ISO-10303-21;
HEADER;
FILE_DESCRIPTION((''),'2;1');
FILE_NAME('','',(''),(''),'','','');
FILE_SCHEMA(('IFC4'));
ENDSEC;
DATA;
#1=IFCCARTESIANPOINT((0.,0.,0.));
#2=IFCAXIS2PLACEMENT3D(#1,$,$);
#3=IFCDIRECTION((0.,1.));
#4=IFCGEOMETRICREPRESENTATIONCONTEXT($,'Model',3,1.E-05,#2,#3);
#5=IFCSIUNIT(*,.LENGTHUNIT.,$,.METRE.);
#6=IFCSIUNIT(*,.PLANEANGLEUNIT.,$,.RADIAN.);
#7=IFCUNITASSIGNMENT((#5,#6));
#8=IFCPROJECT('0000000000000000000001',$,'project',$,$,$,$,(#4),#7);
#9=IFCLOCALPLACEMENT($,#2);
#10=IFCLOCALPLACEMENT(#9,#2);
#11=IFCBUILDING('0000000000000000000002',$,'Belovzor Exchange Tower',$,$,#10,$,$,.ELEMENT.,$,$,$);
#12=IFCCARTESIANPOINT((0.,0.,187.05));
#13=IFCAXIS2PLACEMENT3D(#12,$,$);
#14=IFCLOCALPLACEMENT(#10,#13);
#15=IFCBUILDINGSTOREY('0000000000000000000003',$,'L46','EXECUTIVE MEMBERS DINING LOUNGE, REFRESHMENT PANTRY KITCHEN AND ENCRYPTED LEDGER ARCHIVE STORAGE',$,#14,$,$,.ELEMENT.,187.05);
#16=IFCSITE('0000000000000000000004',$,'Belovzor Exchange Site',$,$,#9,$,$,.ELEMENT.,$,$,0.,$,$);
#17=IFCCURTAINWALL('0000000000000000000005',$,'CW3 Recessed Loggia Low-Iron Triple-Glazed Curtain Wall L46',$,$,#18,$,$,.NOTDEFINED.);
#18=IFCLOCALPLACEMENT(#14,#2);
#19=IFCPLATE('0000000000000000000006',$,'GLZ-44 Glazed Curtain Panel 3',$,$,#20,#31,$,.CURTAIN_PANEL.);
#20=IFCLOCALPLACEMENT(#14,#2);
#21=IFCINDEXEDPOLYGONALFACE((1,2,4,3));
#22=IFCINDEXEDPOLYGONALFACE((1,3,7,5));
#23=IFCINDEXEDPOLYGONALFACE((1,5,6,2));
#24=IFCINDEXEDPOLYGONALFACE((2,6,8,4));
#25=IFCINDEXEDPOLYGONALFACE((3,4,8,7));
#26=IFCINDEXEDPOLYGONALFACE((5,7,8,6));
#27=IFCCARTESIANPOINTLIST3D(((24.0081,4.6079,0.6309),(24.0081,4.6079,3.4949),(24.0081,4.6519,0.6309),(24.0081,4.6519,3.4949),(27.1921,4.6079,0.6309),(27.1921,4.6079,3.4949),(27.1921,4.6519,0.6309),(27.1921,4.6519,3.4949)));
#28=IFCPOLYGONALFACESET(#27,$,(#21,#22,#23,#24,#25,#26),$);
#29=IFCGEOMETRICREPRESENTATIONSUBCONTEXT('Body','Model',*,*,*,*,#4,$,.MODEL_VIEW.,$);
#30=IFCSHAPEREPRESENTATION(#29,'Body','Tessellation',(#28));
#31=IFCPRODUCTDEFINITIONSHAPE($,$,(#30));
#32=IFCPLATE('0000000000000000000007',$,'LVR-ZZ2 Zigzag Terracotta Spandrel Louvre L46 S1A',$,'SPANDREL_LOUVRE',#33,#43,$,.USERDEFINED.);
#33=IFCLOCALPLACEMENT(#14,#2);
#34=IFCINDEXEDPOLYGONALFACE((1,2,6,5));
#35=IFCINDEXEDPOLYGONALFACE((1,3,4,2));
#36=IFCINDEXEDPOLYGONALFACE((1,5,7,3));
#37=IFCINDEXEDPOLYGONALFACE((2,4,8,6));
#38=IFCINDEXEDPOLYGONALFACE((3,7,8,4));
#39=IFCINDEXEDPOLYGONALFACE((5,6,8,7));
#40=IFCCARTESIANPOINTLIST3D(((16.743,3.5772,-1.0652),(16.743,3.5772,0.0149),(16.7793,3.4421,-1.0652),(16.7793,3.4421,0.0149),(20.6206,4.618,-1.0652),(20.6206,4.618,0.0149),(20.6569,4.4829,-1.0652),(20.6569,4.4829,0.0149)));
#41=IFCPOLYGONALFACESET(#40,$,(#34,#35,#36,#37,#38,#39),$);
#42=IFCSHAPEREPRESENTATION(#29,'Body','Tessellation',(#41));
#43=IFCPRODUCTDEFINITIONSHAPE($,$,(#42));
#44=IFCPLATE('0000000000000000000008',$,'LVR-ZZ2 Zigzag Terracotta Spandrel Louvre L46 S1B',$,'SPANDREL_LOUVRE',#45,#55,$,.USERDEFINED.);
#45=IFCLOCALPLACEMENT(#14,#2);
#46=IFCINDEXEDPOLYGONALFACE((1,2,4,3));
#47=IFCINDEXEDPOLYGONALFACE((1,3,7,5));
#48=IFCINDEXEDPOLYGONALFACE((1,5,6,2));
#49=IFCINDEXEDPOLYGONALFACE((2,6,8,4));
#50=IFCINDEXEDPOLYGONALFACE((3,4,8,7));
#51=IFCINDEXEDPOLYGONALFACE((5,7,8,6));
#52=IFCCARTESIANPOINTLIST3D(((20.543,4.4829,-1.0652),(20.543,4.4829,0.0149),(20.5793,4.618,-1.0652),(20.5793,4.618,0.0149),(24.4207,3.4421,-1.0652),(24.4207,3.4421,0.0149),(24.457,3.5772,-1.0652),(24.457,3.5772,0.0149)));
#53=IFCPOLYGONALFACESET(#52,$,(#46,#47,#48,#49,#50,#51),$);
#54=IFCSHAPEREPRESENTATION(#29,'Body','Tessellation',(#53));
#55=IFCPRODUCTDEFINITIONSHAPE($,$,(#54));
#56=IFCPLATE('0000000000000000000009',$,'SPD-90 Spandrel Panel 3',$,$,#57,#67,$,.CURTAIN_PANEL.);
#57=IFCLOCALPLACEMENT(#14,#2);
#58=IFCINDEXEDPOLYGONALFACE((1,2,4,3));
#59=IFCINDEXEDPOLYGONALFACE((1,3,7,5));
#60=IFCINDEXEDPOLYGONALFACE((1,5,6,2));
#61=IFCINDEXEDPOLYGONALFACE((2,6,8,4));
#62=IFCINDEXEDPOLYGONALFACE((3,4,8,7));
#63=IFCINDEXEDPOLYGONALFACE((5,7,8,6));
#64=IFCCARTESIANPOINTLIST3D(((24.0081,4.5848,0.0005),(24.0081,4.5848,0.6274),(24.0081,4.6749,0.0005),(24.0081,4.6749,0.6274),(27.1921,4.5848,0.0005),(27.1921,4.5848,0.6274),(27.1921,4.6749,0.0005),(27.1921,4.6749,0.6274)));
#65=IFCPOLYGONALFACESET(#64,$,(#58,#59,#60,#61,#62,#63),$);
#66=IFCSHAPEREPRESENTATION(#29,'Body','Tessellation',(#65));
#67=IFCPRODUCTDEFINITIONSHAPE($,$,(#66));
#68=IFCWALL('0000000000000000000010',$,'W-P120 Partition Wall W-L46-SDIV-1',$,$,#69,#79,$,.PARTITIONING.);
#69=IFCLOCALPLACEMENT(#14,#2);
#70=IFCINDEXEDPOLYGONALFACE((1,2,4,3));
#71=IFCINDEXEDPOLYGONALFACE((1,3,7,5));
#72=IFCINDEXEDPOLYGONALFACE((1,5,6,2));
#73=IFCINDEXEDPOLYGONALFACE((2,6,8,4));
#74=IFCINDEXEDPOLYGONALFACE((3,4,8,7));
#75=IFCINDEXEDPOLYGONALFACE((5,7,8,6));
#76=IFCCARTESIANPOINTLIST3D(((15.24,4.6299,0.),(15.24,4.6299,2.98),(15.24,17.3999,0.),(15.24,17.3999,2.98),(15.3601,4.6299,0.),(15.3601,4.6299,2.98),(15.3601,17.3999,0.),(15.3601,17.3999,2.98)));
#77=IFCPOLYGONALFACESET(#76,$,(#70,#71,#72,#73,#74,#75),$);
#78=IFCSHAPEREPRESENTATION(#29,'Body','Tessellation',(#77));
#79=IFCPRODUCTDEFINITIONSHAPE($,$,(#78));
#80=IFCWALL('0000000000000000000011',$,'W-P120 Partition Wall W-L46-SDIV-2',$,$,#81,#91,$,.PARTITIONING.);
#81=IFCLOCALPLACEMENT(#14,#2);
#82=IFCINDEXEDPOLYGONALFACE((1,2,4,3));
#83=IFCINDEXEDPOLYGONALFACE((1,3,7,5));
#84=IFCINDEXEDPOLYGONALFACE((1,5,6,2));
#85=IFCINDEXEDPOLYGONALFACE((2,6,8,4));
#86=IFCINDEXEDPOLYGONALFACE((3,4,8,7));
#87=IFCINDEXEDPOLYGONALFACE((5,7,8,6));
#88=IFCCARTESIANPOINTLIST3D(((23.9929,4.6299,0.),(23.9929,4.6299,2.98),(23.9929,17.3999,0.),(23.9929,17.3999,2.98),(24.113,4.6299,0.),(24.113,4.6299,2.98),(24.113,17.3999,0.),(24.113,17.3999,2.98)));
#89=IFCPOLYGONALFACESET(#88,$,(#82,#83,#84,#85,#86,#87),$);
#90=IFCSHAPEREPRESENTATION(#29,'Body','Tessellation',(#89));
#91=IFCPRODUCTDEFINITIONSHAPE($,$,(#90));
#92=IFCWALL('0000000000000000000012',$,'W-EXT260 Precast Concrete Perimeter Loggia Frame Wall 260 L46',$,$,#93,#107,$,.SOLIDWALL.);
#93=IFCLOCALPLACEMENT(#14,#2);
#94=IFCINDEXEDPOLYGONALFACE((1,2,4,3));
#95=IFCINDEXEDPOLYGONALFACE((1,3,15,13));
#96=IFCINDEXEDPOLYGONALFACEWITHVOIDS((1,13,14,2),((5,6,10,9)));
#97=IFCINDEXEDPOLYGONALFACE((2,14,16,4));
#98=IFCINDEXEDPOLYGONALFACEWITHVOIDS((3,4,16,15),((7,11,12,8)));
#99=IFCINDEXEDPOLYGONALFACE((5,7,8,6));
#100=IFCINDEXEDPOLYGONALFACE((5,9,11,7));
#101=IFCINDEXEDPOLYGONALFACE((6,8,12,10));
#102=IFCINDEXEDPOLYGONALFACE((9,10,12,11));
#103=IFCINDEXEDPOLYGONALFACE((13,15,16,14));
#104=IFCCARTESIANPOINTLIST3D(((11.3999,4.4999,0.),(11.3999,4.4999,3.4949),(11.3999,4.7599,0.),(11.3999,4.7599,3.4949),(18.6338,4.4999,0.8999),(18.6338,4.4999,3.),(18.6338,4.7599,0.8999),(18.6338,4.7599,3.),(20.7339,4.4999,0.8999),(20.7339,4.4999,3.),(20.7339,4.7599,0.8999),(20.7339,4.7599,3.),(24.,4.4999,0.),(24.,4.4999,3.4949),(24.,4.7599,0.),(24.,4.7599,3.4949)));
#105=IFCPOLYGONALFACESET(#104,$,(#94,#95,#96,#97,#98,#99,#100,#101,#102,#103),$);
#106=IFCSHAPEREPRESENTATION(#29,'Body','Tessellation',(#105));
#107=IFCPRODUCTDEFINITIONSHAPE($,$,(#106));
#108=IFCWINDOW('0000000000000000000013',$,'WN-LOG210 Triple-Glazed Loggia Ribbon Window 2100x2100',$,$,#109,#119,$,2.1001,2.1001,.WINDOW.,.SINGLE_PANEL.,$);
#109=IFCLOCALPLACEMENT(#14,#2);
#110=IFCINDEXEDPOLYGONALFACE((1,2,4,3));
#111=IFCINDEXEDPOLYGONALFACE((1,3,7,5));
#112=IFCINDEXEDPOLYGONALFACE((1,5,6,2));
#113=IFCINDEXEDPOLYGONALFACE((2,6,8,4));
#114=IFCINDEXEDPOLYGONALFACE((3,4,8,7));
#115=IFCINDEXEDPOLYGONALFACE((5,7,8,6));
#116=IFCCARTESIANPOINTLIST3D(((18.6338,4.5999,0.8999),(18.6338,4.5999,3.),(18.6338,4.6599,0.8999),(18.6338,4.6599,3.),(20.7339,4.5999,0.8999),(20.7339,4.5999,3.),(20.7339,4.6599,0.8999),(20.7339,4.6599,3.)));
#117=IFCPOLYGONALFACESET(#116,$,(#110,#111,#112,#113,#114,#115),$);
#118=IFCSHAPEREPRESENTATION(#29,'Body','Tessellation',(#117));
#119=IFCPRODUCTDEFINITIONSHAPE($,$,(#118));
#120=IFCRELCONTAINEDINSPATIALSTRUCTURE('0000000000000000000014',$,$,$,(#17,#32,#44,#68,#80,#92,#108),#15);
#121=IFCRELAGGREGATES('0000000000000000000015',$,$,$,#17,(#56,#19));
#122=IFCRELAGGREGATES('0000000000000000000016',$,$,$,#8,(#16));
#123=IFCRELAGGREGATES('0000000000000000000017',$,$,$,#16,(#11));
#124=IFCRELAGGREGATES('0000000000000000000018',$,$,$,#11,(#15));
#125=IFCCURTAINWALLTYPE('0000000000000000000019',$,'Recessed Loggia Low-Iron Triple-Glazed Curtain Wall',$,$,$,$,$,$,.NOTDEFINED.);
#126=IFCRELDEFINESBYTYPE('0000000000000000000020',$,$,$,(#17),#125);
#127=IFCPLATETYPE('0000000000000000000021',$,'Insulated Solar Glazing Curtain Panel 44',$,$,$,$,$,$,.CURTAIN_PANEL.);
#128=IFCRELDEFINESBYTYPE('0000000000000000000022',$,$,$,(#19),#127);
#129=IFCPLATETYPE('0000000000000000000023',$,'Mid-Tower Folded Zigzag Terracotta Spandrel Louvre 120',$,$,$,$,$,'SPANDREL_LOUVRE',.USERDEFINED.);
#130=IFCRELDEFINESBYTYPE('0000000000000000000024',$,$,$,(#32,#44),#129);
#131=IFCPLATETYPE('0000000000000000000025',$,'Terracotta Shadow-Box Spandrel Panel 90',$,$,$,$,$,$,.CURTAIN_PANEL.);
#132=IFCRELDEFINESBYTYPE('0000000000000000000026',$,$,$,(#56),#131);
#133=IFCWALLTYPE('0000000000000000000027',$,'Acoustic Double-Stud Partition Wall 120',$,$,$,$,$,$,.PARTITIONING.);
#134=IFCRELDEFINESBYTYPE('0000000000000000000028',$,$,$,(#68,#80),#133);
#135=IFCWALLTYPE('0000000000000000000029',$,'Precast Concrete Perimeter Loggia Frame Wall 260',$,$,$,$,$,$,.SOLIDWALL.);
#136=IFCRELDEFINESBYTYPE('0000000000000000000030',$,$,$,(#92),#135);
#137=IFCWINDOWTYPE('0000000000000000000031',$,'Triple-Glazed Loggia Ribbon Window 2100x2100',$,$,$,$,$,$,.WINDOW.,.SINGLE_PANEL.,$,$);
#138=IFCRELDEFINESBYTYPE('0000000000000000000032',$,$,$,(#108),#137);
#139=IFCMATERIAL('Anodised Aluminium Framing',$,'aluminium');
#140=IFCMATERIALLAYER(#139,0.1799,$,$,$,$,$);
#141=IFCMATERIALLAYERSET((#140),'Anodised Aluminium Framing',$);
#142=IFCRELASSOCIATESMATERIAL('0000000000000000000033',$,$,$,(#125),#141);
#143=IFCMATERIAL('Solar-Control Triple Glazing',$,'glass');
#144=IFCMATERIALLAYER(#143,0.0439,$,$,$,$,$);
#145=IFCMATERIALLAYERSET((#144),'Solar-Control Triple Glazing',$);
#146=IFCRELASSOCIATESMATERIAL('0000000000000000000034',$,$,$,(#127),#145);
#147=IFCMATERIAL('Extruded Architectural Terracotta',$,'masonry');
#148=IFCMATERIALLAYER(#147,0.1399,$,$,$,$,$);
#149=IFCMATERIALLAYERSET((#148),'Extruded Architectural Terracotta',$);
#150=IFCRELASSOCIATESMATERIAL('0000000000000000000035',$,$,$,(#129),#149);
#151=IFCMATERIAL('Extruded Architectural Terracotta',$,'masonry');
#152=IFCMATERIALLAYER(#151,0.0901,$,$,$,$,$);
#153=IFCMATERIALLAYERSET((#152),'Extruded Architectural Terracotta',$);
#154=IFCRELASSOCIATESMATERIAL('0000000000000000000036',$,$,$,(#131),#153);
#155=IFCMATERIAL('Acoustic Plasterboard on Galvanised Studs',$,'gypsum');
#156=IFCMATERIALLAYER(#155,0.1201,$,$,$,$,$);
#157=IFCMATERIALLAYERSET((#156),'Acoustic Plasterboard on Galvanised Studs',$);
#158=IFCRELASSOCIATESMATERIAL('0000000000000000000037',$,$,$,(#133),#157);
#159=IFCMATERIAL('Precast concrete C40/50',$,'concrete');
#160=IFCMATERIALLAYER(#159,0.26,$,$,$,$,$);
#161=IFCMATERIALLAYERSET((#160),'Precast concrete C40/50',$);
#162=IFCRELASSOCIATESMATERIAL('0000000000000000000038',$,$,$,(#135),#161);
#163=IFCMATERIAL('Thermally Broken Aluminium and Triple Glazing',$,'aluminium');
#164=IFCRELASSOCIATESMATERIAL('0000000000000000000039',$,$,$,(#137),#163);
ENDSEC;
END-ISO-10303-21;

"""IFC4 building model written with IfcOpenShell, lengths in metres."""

from ifc_helpers import new_model, si_unit, direction, frame, frame_2d, origin, origin_2d, place, context, subcontext, project, spatial, rectangle, extrude, material, layer, layer_set, type_object, element, fill, aggregate, save


model = new_model("IFC4")

# Units and contexts
model_context = context("Model", 3, precision=1e-05, world=origin(), true_north=direction((0.0, 1.0)))
body_context = subcontext(model_context, "Body", "Model", "MODEL_VIEW")
ifc_project = project(units=[si_unit("LENGTHUNIT", "METRE"), si_unit("PLANEANGLEUNIT", "RADIAN")], contexts=[model_context])

# Site, building, storey
site_placement = place(None, origin())
site = spatial("IfcSite", under=ifc_project, at=site_placement, Name="Belovzor Exchange Site", CompositionType="ELEMENT", RefElevation=0.0)
building_placement = place(site_placement, origin())
building = spatial("IfcBuilding", under=site, at=building_placement, Name="Belovzor Exchange Tower", CompositionType="ELEMENT")
storey_placement = place(building_placement, frame((0.0, 0.0, 187.05)))
storey = spatial("IfcBuildingStorey", under=building, at=storey_placement, Name="L46", Description="EXECUTIVE MEMBERS DINING LOUNGE, REFRESHMENT PANTRY KITCHEN AND ENCRYPTED LEDGER ARCHIVE STORAGE", CompositionType="ELEMENT", Elevation=187.05)

# Curtain wall
ifc_material_1 = material(Name="Anodised Aluminium Framing", Category="aluminium")
ifc_layer_1 = layer(ifc_material_1, 0.1799)
ifc_layer_set_1 = layer_set([ifc_layer_1], Name="Anodised Aluminium Framing")
curtain_wall_type = type_object("IfcCurtainWallType", Name="Recessed Loggia Low-Iron Triple-Glazed Curtain Wall", PredefinedType="NOTDEFINED", material=ifc_layer_set_1)
curtain_wall_placement = place(storey_placement, origin())
curtain_wall = element("IfcCurtainWall", 1, at=curtain_wall_placement, inside=storey, type_object=curtain_wall_type, Name="CW3 Recessed Loggia Low-Iron Triple-Glazed Curtain Wall L46", PredefinedType="NOTDEFINED")

# Plate
ifc_material_2 = material(Name="Solar-Control Triple Glazing", Category="glass")
ifc_layer_2 = layer(ifc_material_2, 0.0439)
ifc_layer_set_2 = layer_set([ifc_layer_2], Name="Solar-Control Triple Glazing")
plate_type_1 = type_object("IfcPlateType", Name="Insulated Solar Glazing Curtain Panel 44", PredefinedType="CURTAIN_PANEL", material=ifc_layer_set_2)
plate_1_placement = place(storey_placement, frame((25.6001, 4.6299, 0.6309), z_axis=(0.0, 0.0, 1.0), x_axis=(-1.0, 0.0, 0.0)))
plate_1 = element("IfcPlate", 2, at=plate_1_placement, type_object=plate_type_1, Name="GLZ-44 Glazed Curtain Panel 3", PredefinedType="CURTAIN_PANEL", context=body_context, shape_type="SweptSolid", body=[
    extrude(rectangle(XDim=3.1841, YDim=0.0439, at=origin_2d()), origin(), (0.0, 0.0, 1.0), 2.864),
])

# Plates
ifc_material_3 = material(Name="Extruded Architectural Terracotta", Category="masonry")
ifc_layer_3 = layer(ifc_material_3, 0.1399)
ifc_layer_set_3 = layer_set([ifc_layer_3], Name="Extruded Architectural Terracotta")
plate_type_2 = type_object("IfcPlateType", Name="Mid-Tower Folded Zigzag Terracotta Spandrel Louvre 120", ElementType="SPANDREL_LOUVRE", PredefinedType="USERDEFINED", material=ifc_layer_set_3)
for number, where, z_axis, x_axis, name in (
    (3, (18.7, 4.03, -1.0652), (0.0, 0.0, 1.0), (0.965813, 0.25924, 0.0), "LVR-ZZ2 Zigzag Terracotta Spandrel Louvre L46 S1A"),
    (4, (22.5, 4.03, -1.0652), (0.0, 0.0, 1.0), (0.965813, -0.25924, 0.0), "LVR-ZZ2 Zigzag Terracotta Spandrel Louvre L46 S1B"),
):
    element("IfcPlate", number, at=place(storey_placement, frame(where, z_axis=z_axis, x_axis=x_axis)), inside=storey, type_object=plate_type_2, Name=name, ObjectType="SPANDREL_LOUVRE", PredefinedType="USERDEFINED", context=body_context, shape_type="SweptSolid", body=[
        extrude(rectangle(XDim=4.0149, YDim=0.1399, at=origin_2d()), origin(), (0.0, 0.0, 1.0), 1.0801),
    ])

# Plate
ifc_material_4 = material(Name="Extruded Architectural Terracotta", Category="masonry")
ifc_layer_4 = layer(ifc_material_4, 0.0901)
ifc_layer_set_4 = layer_set([ifc_layer_4], Name="Extruded Architectural Terracotta")
plate_type_3 = type_object("IfcPlateType", Name="Terracotta Shadow-Box Spandrel Panel 90", PredefinedType="CURTAIN_PANEL", material=ifc_layer_set_4)
plate_2_placement = place(storey_placement, frame((25.6001, 4.6299, 0.0005), z_axis=(0.0, 0.0, 1.0), x_axis=(-1.0, 0.0, 0.0)))
plate_2 = element("IfcPlate", 5, at=plate_2_placement, type_object=plate_type_3, Name="SPD-90 Spandrel Panel 3", PredefinedType="CURTAIN_PANEL", context=body_context, shape_type="SweptSolid", body=[
    extrude(rectangle(XDim=3.1841, YDim=0.0901, at=origin_2d()), origin(), (0.0, 0.0, 1.0), 0.627),
])
aggregate(curtain_wall, [plate_2, plate_1])

# Walls
ifc_material_5 = material(Name="Acoustic Plasterboard on Galvanised Studs", Category="gypsum")
ifc_layer_5 = layer(ifc_material_5, 0.1201)
ifc_layer_set_5 = layer_set([ifc_layer_5], Name="Acoustic Plasterboard on Galvanised Studs")
wall_type_1 = type_object("IfcWallType", Name="Acoustic Double-Stud Partition Wall 120", PredefinedType="PARTITIONING", material=ifc_layer_set_5)
for number, where, z_axis, x_axis, name in (
    (6, (15.3, 4.6299, 0.0), (0.0, 0.0, 1.0), (0.0, 1.0, 0.0), "W-P120 Partition Wall W-L46-SDIV-1"),
    (7, (24.053, 4.6299, 0.0), (0.0, 0.0, 1.0), (0.0, 1.0, 0.0), "W-P120 Partition Wall W-L46-SDIV-2"),
):
    element("IfcWall", number, at=place(storey_placement, frame(where, z_axis=z_axis, x_axis=x_axis)), inside=storey, type_object=wall_type_1, Name=name, PredefinedType="PARTITIONING", context=body_context, shape_type="SweptSolid", body=[
        extrude(rectangle(XDim=12.77, YDim=0.1201, at=frame_2d((6.385, 0.0))), origin(), (0.0, 0.0, 1.0), 2.98),
    ])

# Wall, opening, window
ifc_material_6 = material(Name="Precast concrete C40/50", Category="concrete")
ifc_layer_6 = layer(ifc_material_6, 0.26)
ifc_layer_set_6 = layer_set([ifc_layer_6], Name="Precast concrete C40/50")
wall_type_2 = type_object("IfcWallType", Name="Precast Concrete Perimeter Loggia Frame Wall 260", PredefinedType="SOLIDWALL", material=ifc_layer_set_6)
wall_placement = place(storey_placement, frame((24.0, 4.6299, 0.0), z_axis=(0.0, 0.0, 1.0), x_axis=(-1.0, 0.0, 0.0)))
wall = element("IfcWall", 8, at=wall_placement, inside=storey, type_object=wall_type_2, Name="W-EXT260 Precast Concrete Perimeter Loggia Frame Wall 260 L46", PredefinedType="SOLIDWALL", context=body_context, shape_type="SweptSolid", body=[
    extrude(rectangle(XDim=12.6001, YDim=0.26, at=frame_2d((6.3, 0.0))), origin(), (0.0, 0.0, 1.0), 3.4949),
])
opening_placement = place(wall_placement, frame((3.2661, 0.0, 0.8999)))
opening = element("IfcOpeningElement", 9, at=opening_placement, cuts=wall, PredefinedType="OPENING", context=body_context, shape_type="SweptSolid", body=[
    extrude(rectangle(XDim=2.1001, YDim=2.1001, at=frame_2d((1.05, 1.05))), frame((0.0, 0.1399, 0.0), z_axis=(0.0, -1.0, 0.0), x_axis=(1.0, 0.0, 0.0)), (0.0, 0.0, 1.0), 0.28),
])
ifc_material_7 = material(Name="Thermally Broken Aluminium and Triple Glazing", Category="aluminium")
window_type = type_object("IfcWindowType", Name="Triple-Glazed Loggia Ribbon Window 2100x2100", PartitioningType="SINGLE_PANEL", PredefinedType="WINDOW", material=ifc_material_7)
window_placement = place(opening_placement, origin())
window = element("IfcWindow", 10, at=window_placement, inside=storey, type_object=window_type, Name="WN-LOG210 Triple-Glazed Loggia Ribbon Window 2100x2100", OverallHeight=2.1001, OverallWidth=2.1001, PartitioningType="SINGLE_PANEL", PredefinedType="WINDOW", context=body_context, shape_type="SweptSolid", body=[
    extrude(rectangle(XDim=2.1001, YDim=2.1001, at=frame_2d((1.05, 1.05))), frame((0.0, 0.03, 0.0), z_axis=(0.0, -1.0, 0.0), x_axis=(1.0, 0.0, 0.0)), (0.0, 0.0, 1.0), 0.0601),
])
fill(opening, window)

save(model, "model.ifc")
